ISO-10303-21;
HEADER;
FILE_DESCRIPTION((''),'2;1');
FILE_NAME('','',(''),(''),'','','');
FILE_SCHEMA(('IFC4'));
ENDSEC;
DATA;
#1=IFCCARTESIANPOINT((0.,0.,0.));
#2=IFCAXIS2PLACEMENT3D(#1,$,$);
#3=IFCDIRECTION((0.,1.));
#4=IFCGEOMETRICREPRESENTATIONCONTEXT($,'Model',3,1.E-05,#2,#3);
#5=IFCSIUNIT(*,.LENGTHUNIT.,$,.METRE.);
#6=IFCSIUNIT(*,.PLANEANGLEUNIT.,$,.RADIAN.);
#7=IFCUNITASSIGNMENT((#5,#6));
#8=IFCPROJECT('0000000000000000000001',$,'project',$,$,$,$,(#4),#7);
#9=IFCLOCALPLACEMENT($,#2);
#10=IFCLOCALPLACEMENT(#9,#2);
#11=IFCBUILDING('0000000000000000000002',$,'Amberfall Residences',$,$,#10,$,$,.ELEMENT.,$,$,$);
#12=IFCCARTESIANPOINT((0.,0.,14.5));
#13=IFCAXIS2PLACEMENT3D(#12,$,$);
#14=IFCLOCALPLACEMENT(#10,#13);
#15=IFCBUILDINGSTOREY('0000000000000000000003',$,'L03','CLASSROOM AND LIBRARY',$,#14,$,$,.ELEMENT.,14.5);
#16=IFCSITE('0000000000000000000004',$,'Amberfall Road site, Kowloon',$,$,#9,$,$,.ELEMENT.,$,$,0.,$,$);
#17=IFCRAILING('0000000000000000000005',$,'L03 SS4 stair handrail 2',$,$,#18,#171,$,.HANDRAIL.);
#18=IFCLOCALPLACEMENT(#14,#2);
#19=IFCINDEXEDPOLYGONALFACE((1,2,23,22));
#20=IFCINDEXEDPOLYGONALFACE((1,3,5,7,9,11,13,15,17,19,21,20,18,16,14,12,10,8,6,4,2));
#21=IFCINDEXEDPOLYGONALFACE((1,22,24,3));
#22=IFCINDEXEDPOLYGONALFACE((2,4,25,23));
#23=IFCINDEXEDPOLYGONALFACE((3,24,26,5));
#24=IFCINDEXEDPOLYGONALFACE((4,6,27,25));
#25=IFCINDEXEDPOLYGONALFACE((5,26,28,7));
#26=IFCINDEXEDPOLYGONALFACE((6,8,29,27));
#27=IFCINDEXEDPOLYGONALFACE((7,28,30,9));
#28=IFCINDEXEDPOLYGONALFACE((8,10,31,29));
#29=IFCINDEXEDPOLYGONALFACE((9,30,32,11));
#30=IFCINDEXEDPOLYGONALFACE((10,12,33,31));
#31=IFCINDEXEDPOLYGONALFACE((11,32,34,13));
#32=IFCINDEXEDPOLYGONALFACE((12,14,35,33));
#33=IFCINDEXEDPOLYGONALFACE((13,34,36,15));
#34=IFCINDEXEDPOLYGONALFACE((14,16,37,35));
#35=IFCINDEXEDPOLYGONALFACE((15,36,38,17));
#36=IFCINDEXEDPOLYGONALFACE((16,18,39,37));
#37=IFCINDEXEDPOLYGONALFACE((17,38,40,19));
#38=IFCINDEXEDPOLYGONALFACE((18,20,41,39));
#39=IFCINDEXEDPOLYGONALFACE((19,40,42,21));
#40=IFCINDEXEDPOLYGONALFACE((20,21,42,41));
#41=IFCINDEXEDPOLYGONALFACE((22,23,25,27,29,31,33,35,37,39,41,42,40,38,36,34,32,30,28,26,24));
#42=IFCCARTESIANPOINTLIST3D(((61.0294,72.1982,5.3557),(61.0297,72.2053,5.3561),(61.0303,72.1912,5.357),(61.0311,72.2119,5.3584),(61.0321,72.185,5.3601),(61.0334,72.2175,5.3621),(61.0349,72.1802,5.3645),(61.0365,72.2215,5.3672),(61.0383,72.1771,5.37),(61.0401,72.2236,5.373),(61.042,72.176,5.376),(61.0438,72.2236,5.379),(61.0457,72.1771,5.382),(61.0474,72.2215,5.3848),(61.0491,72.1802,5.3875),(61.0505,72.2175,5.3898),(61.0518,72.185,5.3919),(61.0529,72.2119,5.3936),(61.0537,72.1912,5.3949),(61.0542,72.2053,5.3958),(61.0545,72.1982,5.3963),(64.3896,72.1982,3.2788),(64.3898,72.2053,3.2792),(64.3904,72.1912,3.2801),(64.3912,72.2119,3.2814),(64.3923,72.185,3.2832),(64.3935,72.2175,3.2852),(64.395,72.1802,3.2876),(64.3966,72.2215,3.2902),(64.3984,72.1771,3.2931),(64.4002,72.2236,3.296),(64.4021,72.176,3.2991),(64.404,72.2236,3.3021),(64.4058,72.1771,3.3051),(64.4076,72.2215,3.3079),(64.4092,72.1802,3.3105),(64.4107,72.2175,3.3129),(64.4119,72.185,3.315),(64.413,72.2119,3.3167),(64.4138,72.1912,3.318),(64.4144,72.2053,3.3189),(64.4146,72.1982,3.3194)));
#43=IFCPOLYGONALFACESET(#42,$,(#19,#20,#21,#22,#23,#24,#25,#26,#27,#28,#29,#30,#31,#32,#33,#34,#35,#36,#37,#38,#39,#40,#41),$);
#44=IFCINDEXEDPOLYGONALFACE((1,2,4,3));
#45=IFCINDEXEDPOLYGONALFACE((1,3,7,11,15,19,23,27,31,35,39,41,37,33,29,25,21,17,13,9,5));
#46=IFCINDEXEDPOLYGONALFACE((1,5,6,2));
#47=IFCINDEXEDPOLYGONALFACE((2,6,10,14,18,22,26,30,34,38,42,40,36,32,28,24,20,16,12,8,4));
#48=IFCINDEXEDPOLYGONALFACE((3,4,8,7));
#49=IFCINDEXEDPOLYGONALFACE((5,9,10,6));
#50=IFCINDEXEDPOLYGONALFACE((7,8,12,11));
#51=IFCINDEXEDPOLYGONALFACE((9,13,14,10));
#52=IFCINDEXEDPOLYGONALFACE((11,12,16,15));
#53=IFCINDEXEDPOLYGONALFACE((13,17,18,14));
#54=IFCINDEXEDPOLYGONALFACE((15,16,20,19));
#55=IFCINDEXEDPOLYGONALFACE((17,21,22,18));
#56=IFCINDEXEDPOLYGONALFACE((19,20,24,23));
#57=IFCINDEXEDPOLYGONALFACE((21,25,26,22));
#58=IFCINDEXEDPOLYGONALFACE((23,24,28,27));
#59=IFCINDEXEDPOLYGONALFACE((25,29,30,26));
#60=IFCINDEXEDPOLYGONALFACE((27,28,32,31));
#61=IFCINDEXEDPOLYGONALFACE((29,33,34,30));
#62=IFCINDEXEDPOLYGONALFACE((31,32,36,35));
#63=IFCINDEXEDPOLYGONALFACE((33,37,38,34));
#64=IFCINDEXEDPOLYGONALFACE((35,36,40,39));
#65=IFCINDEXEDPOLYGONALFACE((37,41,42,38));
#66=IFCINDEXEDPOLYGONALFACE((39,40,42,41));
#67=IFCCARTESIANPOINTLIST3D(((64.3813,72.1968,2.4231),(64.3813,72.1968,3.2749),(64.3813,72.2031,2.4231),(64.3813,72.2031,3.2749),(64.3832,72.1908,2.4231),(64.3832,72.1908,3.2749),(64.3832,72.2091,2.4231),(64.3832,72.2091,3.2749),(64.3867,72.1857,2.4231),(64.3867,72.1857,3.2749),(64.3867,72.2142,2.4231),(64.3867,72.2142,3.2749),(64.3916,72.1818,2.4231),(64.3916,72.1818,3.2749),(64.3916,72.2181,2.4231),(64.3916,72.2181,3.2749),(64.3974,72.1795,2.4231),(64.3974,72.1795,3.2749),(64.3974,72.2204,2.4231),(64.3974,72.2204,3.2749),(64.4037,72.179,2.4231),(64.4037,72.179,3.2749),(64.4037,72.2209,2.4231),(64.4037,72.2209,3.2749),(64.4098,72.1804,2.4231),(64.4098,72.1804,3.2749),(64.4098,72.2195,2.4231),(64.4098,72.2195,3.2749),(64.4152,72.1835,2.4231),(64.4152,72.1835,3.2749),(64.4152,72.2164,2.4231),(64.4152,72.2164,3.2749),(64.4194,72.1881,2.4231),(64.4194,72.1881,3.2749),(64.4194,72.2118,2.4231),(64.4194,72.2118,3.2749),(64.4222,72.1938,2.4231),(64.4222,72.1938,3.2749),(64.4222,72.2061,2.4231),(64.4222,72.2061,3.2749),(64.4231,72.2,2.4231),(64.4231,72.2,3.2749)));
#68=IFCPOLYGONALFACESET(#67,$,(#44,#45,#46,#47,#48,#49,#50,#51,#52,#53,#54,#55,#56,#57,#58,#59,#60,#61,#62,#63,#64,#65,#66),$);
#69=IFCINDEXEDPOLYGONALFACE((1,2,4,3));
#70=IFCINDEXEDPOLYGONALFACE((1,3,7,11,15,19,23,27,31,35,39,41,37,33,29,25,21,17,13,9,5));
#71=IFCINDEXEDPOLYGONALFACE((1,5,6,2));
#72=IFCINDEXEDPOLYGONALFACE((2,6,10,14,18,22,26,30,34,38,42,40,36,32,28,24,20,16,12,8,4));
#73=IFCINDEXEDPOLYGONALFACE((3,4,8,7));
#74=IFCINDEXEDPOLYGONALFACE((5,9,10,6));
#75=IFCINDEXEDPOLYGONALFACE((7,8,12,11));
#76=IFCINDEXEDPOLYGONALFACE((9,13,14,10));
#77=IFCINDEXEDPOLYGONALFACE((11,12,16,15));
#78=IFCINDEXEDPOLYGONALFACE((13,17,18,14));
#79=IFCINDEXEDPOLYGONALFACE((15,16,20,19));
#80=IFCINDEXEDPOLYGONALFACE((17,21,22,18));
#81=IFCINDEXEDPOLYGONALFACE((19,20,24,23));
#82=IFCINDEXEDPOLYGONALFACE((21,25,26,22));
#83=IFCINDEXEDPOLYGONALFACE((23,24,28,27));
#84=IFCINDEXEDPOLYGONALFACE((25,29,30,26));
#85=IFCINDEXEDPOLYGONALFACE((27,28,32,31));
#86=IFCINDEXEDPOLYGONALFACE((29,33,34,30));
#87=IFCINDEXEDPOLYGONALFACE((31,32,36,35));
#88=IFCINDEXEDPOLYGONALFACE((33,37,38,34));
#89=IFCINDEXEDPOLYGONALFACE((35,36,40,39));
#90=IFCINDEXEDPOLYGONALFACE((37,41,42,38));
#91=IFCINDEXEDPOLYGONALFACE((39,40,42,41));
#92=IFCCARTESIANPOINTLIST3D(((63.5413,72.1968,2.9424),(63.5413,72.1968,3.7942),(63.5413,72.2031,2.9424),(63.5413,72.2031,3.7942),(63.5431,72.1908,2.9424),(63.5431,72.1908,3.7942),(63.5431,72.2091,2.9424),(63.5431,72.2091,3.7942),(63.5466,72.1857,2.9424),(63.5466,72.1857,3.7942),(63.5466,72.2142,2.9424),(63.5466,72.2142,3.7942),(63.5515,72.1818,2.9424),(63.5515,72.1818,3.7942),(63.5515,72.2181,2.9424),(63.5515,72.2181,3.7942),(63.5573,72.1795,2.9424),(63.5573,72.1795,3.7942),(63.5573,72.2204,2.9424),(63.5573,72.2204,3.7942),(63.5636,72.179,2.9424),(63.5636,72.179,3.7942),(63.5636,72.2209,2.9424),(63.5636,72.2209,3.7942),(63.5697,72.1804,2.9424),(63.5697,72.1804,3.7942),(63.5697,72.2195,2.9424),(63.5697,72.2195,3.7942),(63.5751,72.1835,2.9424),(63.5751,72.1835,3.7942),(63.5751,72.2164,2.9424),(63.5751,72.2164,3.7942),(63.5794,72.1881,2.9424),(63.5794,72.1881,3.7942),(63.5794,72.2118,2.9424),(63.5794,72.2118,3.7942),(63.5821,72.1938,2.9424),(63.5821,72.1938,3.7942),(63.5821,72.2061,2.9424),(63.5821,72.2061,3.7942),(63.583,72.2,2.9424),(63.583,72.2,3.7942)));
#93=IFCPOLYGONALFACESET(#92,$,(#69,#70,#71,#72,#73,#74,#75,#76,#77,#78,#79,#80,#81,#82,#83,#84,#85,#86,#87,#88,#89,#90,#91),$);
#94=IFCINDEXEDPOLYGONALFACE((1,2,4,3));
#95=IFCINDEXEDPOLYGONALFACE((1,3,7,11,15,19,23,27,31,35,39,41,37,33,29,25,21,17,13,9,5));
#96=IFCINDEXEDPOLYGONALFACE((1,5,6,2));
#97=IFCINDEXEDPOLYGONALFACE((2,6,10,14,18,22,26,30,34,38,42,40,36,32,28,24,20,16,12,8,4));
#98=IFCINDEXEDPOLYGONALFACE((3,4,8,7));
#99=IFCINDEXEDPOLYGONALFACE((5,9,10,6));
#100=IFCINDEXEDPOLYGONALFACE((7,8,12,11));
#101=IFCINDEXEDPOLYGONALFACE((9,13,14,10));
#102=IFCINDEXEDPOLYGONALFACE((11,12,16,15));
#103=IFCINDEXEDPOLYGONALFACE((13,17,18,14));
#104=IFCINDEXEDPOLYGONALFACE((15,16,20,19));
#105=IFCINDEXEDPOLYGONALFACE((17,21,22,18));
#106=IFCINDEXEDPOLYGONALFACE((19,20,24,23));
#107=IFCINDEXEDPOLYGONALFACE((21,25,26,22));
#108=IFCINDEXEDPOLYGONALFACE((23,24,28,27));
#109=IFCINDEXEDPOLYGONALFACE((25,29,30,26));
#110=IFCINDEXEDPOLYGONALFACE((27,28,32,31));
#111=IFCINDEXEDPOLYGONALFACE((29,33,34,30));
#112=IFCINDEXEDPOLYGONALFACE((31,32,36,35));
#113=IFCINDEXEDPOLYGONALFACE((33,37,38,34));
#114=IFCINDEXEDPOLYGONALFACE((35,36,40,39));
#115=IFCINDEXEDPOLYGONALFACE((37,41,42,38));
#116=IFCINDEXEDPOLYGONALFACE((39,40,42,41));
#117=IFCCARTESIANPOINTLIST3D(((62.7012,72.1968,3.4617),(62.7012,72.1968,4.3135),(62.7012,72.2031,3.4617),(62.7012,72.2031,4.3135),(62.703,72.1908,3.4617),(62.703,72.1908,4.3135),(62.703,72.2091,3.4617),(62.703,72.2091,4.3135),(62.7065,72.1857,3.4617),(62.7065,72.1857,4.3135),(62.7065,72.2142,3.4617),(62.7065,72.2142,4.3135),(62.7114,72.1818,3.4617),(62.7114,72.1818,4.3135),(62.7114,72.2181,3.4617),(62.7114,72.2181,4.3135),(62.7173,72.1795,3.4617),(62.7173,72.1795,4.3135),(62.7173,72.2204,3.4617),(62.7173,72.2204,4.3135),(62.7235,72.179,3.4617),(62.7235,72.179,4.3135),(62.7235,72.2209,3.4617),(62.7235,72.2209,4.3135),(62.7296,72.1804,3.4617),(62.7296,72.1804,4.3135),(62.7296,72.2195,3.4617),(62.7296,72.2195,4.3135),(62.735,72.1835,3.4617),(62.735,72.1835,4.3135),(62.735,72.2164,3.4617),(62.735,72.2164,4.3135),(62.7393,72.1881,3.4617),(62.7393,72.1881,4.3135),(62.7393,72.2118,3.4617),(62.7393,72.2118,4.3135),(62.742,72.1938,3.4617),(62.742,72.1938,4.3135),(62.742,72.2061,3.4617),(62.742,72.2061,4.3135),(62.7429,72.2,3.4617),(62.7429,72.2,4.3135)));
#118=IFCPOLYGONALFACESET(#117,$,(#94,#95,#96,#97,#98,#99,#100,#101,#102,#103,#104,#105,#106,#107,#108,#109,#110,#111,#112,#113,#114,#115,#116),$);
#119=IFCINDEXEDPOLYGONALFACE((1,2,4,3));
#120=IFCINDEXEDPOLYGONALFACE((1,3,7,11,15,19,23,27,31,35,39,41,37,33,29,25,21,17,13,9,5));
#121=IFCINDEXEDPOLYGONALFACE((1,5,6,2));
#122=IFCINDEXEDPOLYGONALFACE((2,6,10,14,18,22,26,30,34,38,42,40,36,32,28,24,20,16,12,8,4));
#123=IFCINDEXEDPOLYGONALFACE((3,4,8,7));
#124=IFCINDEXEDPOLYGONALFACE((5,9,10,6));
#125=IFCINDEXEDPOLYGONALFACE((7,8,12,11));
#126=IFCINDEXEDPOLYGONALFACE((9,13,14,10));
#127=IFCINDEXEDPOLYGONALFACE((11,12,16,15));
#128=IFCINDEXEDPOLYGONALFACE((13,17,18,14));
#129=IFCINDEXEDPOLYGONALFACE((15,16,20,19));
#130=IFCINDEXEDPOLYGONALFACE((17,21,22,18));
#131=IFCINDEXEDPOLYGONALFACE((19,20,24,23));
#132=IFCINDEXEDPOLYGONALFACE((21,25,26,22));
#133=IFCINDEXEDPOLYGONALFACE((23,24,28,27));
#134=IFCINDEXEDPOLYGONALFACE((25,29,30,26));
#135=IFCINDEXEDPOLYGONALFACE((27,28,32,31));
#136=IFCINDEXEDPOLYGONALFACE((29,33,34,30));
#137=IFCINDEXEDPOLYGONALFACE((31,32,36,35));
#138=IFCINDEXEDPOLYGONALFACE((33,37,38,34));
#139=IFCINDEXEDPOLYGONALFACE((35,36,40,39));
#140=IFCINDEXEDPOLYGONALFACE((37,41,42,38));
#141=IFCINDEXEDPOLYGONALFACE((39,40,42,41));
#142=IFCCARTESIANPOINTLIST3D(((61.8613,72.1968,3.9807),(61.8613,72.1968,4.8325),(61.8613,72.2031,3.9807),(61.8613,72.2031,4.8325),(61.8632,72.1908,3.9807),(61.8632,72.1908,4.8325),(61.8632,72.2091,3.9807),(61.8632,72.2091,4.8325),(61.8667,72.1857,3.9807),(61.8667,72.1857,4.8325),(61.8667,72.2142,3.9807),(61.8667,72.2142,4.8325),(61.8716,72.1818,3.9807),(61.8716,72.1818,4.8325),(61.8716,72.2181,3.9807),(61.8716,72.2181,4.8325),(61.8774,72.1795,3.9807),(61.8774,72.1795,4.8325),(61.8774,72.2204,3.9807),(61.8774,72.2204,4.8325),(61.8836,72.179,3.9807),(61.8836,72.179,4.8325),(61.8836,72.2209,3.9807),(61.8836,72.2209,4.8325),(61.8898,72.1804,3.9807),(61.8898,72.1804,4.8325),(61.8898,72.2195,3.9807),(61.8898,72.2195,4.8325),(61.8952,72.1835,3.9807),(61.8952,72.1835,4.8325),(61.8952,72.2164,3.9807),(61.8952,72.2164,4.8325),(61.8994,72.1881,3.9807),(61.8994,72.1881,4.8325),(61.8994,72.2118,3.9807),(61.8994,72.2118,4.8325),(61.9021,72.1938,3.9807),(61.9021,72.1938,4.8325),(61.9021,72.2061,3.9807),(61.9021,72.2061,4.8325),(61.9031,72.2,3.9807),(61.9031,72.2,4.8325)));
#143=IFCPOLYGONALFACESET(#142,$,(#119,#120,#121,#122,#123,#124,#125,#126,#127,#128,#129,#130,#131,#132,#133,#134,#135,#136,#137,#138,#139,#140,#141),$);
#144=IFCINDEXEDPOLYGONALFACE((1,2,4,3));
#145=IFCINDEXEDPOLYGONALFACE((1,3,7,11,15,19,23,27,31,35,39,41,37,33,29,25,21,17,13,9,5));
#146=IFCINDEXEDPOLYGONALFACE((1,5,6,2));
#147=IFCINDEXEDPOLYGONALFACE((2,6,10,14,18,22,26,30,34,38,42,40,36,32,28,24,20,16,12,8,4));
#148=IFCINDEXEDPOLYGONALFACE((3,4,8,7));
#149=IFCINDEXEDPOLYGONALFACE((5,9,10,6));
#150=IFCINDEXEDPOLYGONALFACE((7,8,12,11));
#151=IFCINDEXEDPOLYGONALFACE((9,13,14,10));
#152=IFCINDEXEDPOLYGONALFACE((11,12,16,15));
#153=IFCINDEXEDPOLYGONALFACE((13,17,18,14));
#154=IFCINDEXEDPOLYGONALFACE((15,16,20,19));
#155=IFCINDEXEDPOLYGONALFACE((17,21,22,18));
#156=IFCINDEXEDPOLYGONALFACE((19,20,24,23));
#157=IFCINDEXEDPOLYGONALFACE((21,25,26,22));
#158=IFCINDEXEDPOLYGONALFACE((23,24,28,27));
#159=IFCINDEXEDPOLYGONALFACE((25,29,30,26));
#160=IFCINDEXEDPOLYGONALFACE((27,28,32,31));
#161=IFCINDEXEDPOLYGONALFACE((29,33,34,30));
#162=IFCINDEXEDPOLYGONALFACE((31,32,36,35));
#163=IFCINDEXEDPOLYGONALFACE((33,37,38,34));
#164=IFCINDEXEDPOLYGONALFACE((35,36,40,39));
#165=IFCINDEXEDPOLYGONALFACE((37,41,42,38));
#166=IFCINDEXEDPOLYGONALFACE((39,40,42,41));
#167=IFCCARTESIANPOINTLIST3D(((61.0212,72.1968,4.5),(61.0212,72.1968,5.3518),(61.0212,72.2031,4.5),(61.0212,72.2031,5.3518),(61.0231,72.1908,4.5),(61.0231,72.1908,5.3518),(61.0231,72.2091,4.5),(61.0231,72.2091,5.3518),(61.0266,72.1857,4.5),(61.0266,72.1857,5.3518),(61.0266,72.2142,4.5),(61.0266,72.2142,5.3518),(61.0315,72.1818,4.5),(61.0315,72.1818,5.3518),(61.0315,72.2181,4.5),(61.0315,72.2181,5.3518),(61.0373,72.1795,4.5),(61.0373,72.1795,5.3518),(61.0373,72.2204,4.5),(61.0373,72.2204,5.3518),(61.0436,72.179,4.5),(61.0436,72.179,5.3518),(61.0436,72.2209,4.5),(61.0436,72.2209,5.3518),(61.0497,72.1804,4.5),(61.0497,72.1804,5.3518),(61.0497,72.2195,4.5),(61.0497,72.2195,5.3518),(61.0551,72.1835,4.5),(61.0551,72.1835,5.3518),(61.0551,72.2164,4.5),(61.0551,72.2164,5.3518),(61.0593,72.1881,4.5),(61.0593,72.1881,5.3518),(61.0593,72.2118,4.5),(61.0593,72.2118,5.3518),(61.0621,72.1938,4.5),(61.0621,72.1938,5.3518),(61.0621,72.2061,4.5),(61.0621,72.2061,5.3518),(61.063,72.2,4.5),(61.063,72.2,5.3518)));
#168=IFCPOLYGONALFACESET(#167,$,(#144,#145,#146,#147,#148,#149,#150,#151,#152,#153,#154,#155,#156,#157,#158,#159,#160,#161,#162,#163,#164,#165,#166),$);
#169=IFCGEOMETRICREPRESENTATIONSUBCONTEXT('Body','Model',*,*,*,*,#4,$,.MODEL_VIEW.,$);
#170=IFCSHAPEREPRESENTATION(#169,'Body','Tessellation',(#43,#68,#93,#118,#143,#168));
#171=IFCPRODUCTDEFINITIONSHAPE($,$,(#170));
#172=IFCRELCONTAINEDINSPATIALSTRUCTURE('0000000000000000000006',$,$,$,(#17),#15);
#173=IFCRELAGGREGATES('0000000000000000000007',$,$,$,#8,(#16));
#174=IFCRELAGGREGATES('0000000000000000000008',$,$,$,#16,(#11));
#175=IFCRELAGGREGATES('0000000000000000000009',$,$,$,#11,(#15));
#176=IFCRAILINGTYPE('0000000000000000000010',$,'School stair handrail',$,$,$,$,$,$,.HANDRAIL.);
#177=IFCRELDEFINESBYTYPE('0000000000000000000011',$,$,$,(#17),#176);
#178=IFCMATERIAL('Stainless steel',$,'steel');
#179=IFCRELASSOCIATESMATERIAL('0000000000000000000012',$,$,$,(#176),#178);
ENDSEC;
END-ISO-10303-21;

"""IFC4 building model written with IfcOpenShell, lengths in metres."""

from ifc_helpers import new_model, si_unit, direction, frame, origin, origin_2d, place, context, subcontext, project, spatial, circle, extrude, material, type_object, element, save


model = new_model("IFC4")

# Units and contexts
model_context = context("Model", 3, precision=1e-05, world=origin(), true_north=direction((0.0, 1.0)))
body_context = subcontext(model_context, "Body", "Model", "MODEL_VIEW")
ifc_project = project(units=[si_unit("LENGTHUNIT", "METRE"), si_unit("PLANEANGLEUNIT", "RADIAN")], contexts=[model_context])

# Site, building, storey
site_placement = place(None, origin())
site = spatial("IfcSite", under=ifc_project, at=site_placement, Name="Amberfall Road site, Kowloon", CompositionType="ELEMENT", RefElevation=0.0)
building_placement = place(site_placement, origin())
building = spatial("IfcBuilding", under=site, at=building_placement, Name="Amberfall Residences", CompositionType="ELEMENT")
storey_placement = place(building_placement, frame((0.0, 0.0, 14.5)))
storey = spatial("IfcBuildingStorey", under=building, at=storey_placement, Name="L03", Description="CLASSROOM AND LIBRARY", CompositionType="ELEMENT", Elevation=14.5)

# Railing
ifc_material_1 = material(Name="Stainless steel", Category="steel")
railing_type_1 = type_object("IfcRailingType", Name="School stair handrail", PredefinedType="HANDRAIL", material=ifc_material_1)
railing_1_placement = place(storey_placement, frame((64.4021, 72.2, 2.4231)))
element("IfcRailing", 1, at=railing_1_placement, inside=storey, type_object=railing_type_1, Name="L03 SS4 stair handrail 2", PredefinedType="HANDRAIL", context=body_context, shape_type="SweptSolid", body=[
    extrude(circle(Radius=0.0239, at=origin_2d()), frame((0.0, 0.0, 0.876), z_axis=(-0.850623, 0.0, 0.525776), x_axis=(0.0, -1.0, 0.0)), (0.0, 0.0, 1.0), 3.9502),
    extrude(circle(Radius=0.021, at=origin_2d()), origin(), (0.0, 0.0, 1.0), 0.8518),
    extrude(circle(Radius=0.021, at=origin_2d()), frame((-0.8401, 0.0, 0.5193)), (0.0, 0.0, 1.0), 0.8518),
    extrude(circle(Radius=0.021, at=origin_2d()), frame((-1.6802, 0.0, 1.0386)), (0.0, 0.0, 1.0), 0.8518),
    extrude(circle(Radius=0.021, at=origin_2d()), frame((-2.52, 0.0, 1.5576)), (0.0, 0.0, 1.0), 0.8518),
    extrude(circle(Radius=0.021, at=origin_2d()), frame((-3.3601, 0.0, 2.0769)), (0.0, 0.0, 1.0), 0.8518),
])

save(model, "model.ifc")
